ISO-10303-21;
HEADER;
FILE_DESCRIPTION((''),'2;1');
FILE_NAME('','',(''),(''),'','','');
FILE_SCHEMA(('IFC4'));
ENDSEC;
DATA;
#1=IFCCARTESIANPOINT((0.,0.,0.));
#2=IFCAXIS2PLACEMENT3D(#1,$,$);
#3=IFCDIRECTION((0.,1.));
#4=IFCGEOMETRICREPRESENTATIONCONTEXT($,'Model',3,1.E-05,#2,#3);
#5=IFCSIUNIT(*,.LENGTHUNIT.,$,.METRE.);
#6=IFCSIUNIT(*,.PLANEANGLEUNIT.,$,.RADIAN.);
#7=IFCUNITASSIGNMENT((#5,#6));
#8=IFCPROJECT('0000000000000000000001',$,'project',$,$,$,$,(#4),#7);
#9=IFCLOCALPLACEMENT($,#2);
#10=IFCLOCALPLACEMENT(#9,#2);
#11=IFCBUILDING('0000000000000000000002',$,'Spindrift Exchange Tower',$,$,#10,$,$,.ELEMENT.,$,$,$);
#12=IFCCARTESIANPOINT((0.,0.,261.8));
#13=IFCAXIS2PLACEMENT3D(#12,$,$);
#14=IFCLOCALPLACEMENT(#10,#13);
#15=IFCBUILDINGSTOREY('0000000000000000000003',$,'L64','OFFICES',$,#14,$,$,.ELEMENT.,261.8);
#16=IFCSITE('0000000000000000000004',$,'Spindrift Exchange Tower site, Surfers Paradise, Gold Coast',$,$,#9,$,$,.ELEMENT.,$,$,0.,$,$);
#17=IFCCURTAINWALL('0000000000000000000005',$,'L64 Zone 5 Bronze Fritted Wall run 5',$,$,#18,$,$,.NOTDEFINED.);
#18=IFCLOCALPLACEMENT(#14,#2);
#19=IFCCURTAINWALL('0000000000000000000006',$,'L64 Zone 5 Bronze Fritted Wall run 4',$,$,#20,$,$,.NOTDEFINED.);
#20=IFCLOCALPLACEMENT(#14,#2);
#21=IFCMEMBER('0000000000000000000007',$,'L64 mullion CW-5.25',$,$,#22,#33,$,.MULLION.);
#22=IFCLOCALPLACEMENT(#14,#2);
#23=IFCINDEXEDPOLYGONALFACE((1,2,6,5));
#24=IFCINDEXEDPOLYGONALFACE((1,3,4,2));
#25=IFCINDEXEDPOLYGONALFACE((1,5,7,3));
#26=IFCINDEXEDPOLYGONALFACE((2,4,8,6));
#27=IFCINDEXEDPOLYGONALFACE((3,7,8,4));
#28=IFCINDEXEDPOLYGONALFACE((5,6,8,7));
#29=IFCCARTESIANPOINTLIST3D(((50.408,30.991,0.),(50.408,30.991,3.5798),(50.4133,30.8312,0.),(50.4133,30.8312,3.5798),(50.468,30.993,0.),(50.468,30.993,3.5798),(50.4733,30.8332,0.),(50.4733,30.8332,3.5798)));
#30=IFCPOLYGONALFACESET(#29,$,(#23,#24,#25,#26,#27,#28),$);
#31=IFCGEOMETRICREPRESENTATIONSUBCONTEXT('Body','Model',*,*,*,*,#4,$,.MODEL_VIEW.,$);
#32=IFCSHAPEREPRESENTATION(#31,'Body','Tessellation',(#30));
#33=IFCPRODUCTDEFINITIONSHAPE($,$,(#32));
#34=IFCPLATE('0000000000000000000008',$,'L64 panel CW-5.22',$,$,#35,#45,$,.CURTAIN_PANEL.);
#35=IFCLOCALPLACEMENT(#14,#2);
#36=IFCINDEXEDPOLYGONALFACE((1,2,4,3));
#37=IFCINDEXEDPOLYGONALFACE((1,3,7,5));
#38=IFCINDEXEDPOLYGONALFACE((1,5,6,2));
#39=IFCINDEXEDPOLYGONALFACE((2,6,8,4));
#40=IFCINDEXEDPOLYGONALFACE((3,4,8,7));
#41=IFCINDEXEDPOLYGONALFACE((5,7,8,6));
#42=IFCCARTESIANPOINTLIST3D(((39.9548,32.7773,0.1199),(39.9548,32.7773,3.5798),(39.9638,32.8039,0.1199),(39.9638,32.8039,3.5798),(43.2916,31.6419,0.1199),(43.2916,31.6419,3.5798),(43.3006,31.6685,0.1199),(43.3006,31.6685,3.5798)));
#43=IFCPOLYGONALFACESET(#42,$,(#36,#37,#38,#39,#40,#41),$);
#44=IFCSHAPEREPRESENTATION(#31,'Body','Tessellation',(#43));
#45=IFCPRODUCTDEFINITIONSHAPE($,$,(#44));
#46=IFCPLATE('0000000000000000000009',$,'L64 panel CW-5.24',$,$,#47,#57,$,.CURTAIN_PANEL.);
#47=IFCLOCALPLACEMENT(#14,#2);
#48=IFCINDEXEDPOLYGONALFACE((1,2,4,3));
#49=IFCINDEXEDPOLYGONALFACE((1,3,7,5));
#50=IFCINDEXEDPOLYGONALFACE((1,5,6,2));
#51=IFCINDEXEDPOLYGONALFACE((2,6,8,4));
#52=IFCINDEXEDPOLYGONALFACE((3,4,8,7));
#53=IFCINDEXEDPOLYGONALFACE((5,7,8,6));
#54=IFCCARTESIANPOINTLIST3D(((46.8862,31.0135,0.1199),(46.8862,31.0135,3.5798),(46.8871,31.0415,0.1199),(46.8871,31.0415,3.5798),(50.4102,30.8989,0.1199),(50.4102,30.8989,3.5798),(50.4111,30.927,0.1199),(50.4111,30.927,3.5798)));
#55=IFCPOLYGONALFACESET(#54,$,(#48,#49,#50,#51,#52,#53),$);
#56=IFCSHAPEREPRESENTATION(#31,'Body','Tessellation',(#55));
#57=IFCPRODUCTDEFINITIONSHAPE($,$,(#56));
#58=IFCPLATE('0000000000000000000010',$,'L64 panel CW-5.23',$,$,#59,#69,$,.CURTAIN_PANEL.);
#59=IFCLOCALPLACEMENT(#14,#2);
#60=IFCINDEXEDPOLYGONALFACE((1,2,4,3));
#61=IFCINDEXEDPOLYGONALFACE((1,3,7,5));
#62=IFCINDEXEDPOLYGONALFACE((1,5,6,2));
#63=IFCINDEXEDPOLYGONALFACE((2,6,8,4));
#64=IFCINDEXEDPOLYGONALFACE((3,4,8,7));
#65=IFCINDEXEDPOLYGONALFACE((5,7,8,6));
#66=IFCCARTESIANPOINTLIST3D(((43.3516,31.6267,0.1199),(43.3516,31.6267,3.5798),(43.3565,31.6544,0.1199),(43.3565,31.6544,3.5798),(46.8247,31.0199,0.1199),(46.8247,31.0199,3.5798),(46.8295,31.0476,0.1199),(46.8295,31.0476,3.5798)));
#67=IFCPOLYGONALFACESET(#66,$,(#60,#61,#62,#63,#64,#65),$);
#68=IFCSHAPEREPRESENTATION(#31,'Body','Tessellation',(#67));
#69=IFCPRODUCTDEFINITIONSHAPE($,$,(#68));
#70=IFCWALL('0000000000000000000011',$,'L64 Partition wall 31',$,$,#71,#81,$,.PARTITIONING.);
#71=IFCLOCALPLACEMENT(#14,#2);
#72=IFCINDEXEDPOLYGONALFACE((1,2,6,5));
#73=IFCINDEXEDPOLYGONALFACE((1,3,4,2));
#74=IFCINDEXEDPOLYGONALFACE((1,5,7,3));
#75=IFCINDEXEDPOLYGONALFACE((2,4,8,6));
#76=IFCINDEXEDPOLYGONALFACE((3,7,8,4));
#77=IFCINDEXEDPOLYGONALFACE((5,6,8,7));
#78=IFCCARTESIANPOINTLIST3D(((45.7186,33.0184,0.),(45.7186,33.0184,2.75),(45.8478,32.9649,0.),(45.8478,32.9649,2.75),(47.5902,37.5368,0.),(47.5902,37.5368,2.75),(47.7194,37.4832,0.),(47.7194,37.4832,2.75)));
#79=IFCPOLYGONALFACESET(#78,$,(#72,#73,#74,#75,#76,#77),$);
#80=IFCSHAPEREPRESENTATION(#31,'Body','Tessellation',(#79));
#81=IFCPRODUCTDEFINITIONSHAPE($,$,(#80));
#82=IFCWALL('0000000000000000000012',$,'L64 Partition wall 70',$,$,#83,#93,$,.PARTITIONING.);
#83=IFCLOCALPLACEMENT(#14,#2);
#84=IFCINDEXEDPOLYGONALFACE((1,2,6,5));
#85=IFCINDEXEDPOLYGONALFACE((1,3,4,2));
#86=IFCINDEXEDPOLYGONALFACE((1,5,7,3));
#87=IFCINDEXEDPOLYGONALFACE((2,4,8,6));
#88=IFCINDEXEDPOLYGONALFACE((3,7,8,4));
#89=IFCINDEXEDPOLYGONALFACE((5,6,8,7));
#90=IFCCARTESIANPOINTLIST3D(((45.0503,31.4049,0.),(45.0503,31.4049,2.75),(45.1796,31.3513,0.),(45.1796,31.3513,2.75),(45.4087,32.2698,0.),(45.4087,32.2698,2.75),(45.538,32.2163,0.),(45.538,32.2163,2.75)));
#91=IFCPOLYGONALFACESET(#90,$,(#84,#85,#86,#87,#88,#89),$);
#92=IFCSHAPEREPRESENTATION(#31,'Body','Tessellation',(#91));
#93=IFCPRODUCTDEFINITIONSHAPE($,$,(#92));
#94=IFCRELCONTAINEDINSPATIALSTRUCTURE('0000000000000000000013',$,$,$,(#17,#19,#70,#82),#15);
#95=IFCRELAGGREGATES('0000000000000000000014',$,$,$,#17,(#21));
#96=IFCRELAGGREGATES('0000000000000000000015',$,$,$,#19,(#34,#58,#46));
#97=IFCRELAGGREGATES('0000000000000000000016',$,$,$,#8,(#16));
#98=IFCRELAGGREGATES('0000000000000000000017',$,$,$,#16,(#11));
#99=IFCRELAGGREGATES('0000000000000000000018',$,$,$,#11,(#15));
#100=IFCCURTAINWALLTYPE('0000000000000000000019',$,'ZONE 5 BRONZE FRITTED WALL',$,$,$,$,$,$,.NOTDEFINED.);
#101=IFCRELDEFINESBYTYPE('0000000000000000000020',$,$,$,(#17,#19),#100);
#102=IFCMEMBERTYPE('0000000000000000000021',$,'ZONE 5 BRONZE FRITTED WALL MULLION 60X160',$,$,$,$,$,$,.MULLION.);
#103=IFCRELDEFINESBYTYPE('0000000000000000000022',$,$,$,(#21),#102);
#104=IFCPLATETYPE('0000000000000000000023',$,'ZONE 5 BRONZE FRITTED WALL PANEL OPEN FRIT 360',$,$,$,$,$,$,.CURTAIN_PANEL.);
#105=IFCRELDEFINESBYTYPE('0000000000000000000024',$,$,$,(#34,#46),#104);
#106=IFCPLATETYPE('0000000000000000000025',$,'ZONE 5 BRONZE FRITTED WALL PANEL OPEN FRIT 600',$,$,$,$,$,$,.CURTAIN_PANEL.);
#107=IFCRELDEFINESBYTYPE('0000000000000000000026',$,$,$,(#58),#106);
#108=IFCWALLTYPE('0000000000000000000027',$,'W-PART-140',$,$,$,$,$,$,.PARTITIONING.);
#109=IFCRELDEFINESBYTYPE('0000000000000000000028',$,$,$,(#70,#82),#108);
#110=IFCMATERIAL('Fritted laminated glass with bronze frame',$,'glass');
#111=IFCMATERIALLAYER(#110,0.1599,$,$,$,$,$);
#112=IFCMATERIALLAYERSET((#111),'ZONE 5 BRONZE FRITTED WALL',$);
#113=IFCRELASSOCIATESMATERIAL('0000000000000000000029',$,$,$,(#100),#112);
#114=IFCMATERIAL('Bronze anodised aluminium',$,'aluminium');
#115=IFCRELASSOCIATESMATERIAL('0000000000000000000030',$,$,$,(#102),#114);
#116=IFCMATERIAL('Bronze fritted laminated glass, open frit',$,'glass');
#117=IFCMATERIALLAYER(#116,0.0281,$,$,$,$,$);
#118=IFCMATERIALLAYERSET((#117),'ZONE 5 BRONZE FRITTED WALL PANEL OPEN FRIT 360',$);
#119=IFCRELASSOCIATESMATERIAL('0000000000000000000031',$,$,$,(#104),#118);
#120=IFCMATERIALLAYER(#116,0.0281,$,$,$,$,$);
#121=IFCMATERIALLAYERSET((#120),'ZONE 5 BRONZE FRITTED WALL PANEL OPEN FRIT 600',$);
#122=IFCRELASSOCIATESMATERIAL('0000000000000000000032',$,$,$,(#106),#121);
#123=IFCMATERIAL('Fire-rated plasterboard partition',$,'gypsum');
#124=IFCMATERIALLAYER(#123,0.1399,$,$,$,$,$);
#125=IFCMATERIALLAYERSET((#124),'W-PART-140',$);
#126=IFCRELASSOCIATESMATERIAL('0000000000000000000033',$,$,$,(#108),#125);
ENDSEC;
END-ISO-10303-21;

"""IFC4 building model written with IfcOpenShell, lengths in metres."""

from ifc_helpers import new_model, si_unit, direction, frame, frame_2d, origin, origin_2d, place, context, subcontext, project, spatial, rectangle, extrude, source, transform, mapped, material, layer, layer_set, material_profile, profile_set, type_object, element, aggregate, save


model = new_model("IFC4")

# Units and contexts
model_context = context("Model", 3, precision=1e-05, world=origin(), true_north=direction((0.0, 1.0)))
body_context = subcontext(model_context, "Body", "Model", "MODEL_VIEW")
ifc_project = project(units=[si_unit("LENGTHUNIT", "METRE"), si_unit("PLANEANGLEUNIT", "RADIAN")], contexts=[model_context])

# Site, building, storey
site_placement = place(None, origin())
site = spatial("IfcSite", under=ifc_project, at=site_placement, Name="Spindrift Exchange Tower site, Surfers Paradise, Gold Coast", CompositionType="ELEMENT", RefElevation=0.0)
building_placement = place(site_placement, origin())
building = spatial("IfcBuilding", under=site, at=building_placement, Name="Spindrift Exchange Tower", CompositionType="ELEMENT")
storey_placement = place(building_placement, frame((0.0, 0.0, 261.8)))
storey = spatial("IfcBuildingStorey", under=building, at=storey_placement, Name="L64", Description="OFFICES", CompositionType="ELEMENT", Elevation=261.8)

# Curtain wall
ifc_material_1 = material(Name="Fritted laminated glass with bronze frame", Category="glass")
ifc_layer_1 = layer(ifc_material_1, 0.1599)
ifc_layer_set_1 = layer_set([ifc_layer_1], Name="ZONE 5 BRONZE FRITTED WALL")
curtain_wall_type = type_object("IfcCurtainWallType", Name="ZONE 5 BRONZE FRITTED WALL", PredefinedType="NOTDEFINED", material=ifc_layer_set_1)
curtain_wall_1_placement = place(storey_placement, origin())
curtain_wall_1 = element("IfcCurtainWall", 1, at=curtain_wall_1_placement, inside=storey, type_object=curtain_wall_type, Name="L64 Zone 5 Bronze Fritted Wall run 5", PredefinedType="NOTDEFINED")
ifc_material_2 = material(Name="Bronze anodised aluminium", Category="aluminium")

# Curtain wall
curtain_wall_2_placement = place(storey_placement, origin())
curtain_wall_2 = element("IfcCurtainWall", 2, at=curtain_wall_2_placement, inside=storey, type_object=curtain_wall_type, Name="L64 Zone 5 Bronze Fritted Wall run 4", PredefinedType="NOTDEFINED")
ifc_material_profile_1 = material_profile(ifc_material_2, rectangle(XDim=0.0601, YDim=0.1599, at=origin_2d()), Name="ZONE 5 BRONZE FRITTED WALL MULLION 60X160")
ifc_profile_set_1 = profile_set([ifc_material_profile_1], Name="Bronze anodised aluminium")
member_type_1 = type_object("IfcMemberType", Name="ZONE 5 BRONZE FRITTED WALL MULLION 60X160", PredefinedType="MULLION", material=ifc_profile_set_1)
shared_shape_1 = source(origin(), body_context, "Body", "SweptSolid", [
    extrude(rectangle(XDim=0.0601, YDim=0.1599, at=origin_2d()), origin(), (0.0, 0.0, 1.0), 3.5798),
])

# Member
member_1_placement = place(storey_placement, frame((50.4407, 30.9121, 0.0), z_axis=(0.0, 0.0, 1.0), x_axis=(0.999448, 0.033211, 0.0)))
member_1 = element("IfcMember", 3, at=member_1_placement, type_object=member_type_1, Name="L64 mullion CW-5.25", PredefinedType="MULLION", context=body_context, shape_type="MappedRepresentation", body=[
    mapped(shared_shape_1, transform((0.0, 0.0, 0.0), scale=1.0)),
])
aggregate(curtain_wall_1, [member_1])

# Plates
ifc_material_3 = material(Name="Bronze fritted laminated glass, open frit", Category="glass")
ifc_layer_2 = layer(ifc_material_3, 0.0281)
ifc_layer_set_2 = layer_set([ifc_layer_2], Name="ZONE 5 BRONZE FRITTED WALL PANEL OPEN FRIT 360")
plate_type_1 = type_object("IfcPlateType", Name="ZONE 5 BRONZE FRITTED WALL PANEL OPEN FRIT 360", PredefinedType="CURTAIN_PANEL", material=ifc_layer_set_2)
shared_shape_2 = source(origin(), body_context, "Body", "SweptSolid", [
    extrude(rectangle(XDim=3.5247, YDim=0.0281, at=origin_2d()), origin(), (0.0, 0.0, 1.0), 3.46),
])
plate_1_placement = place(storey_placement, frame((41.6277, 32.2229, 0.1199), z_axis=(0.0, 0.0, 1.0), x_axis=(0.946698, -0.322122, 0.0)))
plate_1 = element("IfcPlate", 4, at=plate_1_placement, type_object=plate_type_1, Name="L64 panel CW-5.22", PredefinedType="CURTAIN_PANEL", context=body_context, shape_type="MappedRepresentation", body=[
    mapped(shared_shape_2, transform((0.0, 0.0, 0.0), scale=1.0)),
])
shared_shape_3 = source(origin(), body_context, "Body", "SweptSolid", [
    extrude(rectangle(XDim=3.5259, YDim=0.0281, at=origin_2d()), origin(), (0.0, 0.0, 1.0), 3.46),
])
plate_2_placement = place(storey_placement, frame((48.6487, 30.9702, 0.1199), z_axis=(0.0, 0.0, 1.0), x_axis=(0.999472, -0.032487, 0.0)))
plate_2 = element("IfcPlate", 5, at=plate_2_placement, type_object=plate_type_1, Name="L64 panel CW-5.24", PredefinedType="CURTAIN_PANEL", context=body_context, shape_type="MappedRepresentation", body=[
    mapped(shared_shape_3, transform((0.0, 0.0, 0.0), scale=1.0)),
])
ifc_layer_3 = layer(ifc_material_3, 0.0281)
ifc_layer_set_3 = layer_set([ifc_layer_3], Name="ZONE 5 BRONZE FRITTED WALL PANEL OPEN FRIT 600")
plate_type_2 = type_object("IfcPlateType", Name="ZONE 5 BRONZE FRITTED WALL PANEL OPEN FRIT 600", PredefinedType="CURTAIN_PANEL", material=ifc_layer_set_3)
shared_shape_4 = source(origin(), body_context, "Body", "SweptSolid", [
    extrude(rectangle(XDim=3.5256, YDim=0.0281, at=origin_2d()), origin(), (0.0, 0.0, 1.0), 3.46),
])
plate_3_placement = place(storey_placement, frame((45.0906, 31.3372, 0.1199), z_axis=(0.0, 0.0, 1.0), x_axis=(0.985079, -0.172104, 0.0)))
plate_3 = element("IfcPlate", 6, at=plate_3_placement, type_object=plate_type_2, Name="L64 panel CW-5.23", PredefinedType="CURTAIN_PANEL", context=body_context, shape_type="MappedRepresentation", body=[
    mapped(shared_shape_4, transform((0.0, 0.0, 0.0), scale=1.0)),
])
aggregate(curtain_wall_2, [plate_1, plate_3, plate_2])

# Walls
ifc_material_4 = material(Name="Fire-rated plasterboard partition", Category="gypsum")
ifc_layer_4 = layer(ifc_material_4, 0.1399)
ifc_layer_set_4 = layer_set([ifc_layer_4], Name="W-PART-140")
wall_type = type_object("IfcWallType", Name="W-PART-140", PredefinedType="PARTITIONING", material=ifc_layer_set_4)
wall_1_placement = place(storey_placement, frame((47.6548, 37.51, 0.0), z_axis=(0.0, 0.0, 1.0), x_axis=(-0.38269, -0.923877, 0.0)))
element("IfcWall", 7, at=wall_1_placement, inside=storey, type_object=wall_type, Name="L64 Partition wall 31", PredefinedType="PARTITIONING", context=body_context, shape_type="SweptSolid", body=[
    extrude(rectangle(XDim=4.8906, YDim=0.1399, at=frame_2d((2.4453, 0.0))), origin(), (0.0, 0.0, 1.0), 2.75),
])
wall_2_placement = place(storey_placement, frame((45.4734, 32.2432, 0.0), z_axis=(0.0, 0.0, 1.0), x_axis=(-0.382782, -0.923839, 0.0)))
element("IfcWall", 8, at=wall_2_placement, inside=storey, type_object=wall_type, Name="L64 Partition wall 70", PredefinedType="PARTITIONING", context=body_context, shape_type="SweptSolid", body=[
    extrude(rectangle(XDim=0.9363, YDim=0.1399, at=frame_2d((0.4683, 0.0))), origin(), (0.0, 0.0, 1.0), 2.75),
])

save(model, "model.ifc")
